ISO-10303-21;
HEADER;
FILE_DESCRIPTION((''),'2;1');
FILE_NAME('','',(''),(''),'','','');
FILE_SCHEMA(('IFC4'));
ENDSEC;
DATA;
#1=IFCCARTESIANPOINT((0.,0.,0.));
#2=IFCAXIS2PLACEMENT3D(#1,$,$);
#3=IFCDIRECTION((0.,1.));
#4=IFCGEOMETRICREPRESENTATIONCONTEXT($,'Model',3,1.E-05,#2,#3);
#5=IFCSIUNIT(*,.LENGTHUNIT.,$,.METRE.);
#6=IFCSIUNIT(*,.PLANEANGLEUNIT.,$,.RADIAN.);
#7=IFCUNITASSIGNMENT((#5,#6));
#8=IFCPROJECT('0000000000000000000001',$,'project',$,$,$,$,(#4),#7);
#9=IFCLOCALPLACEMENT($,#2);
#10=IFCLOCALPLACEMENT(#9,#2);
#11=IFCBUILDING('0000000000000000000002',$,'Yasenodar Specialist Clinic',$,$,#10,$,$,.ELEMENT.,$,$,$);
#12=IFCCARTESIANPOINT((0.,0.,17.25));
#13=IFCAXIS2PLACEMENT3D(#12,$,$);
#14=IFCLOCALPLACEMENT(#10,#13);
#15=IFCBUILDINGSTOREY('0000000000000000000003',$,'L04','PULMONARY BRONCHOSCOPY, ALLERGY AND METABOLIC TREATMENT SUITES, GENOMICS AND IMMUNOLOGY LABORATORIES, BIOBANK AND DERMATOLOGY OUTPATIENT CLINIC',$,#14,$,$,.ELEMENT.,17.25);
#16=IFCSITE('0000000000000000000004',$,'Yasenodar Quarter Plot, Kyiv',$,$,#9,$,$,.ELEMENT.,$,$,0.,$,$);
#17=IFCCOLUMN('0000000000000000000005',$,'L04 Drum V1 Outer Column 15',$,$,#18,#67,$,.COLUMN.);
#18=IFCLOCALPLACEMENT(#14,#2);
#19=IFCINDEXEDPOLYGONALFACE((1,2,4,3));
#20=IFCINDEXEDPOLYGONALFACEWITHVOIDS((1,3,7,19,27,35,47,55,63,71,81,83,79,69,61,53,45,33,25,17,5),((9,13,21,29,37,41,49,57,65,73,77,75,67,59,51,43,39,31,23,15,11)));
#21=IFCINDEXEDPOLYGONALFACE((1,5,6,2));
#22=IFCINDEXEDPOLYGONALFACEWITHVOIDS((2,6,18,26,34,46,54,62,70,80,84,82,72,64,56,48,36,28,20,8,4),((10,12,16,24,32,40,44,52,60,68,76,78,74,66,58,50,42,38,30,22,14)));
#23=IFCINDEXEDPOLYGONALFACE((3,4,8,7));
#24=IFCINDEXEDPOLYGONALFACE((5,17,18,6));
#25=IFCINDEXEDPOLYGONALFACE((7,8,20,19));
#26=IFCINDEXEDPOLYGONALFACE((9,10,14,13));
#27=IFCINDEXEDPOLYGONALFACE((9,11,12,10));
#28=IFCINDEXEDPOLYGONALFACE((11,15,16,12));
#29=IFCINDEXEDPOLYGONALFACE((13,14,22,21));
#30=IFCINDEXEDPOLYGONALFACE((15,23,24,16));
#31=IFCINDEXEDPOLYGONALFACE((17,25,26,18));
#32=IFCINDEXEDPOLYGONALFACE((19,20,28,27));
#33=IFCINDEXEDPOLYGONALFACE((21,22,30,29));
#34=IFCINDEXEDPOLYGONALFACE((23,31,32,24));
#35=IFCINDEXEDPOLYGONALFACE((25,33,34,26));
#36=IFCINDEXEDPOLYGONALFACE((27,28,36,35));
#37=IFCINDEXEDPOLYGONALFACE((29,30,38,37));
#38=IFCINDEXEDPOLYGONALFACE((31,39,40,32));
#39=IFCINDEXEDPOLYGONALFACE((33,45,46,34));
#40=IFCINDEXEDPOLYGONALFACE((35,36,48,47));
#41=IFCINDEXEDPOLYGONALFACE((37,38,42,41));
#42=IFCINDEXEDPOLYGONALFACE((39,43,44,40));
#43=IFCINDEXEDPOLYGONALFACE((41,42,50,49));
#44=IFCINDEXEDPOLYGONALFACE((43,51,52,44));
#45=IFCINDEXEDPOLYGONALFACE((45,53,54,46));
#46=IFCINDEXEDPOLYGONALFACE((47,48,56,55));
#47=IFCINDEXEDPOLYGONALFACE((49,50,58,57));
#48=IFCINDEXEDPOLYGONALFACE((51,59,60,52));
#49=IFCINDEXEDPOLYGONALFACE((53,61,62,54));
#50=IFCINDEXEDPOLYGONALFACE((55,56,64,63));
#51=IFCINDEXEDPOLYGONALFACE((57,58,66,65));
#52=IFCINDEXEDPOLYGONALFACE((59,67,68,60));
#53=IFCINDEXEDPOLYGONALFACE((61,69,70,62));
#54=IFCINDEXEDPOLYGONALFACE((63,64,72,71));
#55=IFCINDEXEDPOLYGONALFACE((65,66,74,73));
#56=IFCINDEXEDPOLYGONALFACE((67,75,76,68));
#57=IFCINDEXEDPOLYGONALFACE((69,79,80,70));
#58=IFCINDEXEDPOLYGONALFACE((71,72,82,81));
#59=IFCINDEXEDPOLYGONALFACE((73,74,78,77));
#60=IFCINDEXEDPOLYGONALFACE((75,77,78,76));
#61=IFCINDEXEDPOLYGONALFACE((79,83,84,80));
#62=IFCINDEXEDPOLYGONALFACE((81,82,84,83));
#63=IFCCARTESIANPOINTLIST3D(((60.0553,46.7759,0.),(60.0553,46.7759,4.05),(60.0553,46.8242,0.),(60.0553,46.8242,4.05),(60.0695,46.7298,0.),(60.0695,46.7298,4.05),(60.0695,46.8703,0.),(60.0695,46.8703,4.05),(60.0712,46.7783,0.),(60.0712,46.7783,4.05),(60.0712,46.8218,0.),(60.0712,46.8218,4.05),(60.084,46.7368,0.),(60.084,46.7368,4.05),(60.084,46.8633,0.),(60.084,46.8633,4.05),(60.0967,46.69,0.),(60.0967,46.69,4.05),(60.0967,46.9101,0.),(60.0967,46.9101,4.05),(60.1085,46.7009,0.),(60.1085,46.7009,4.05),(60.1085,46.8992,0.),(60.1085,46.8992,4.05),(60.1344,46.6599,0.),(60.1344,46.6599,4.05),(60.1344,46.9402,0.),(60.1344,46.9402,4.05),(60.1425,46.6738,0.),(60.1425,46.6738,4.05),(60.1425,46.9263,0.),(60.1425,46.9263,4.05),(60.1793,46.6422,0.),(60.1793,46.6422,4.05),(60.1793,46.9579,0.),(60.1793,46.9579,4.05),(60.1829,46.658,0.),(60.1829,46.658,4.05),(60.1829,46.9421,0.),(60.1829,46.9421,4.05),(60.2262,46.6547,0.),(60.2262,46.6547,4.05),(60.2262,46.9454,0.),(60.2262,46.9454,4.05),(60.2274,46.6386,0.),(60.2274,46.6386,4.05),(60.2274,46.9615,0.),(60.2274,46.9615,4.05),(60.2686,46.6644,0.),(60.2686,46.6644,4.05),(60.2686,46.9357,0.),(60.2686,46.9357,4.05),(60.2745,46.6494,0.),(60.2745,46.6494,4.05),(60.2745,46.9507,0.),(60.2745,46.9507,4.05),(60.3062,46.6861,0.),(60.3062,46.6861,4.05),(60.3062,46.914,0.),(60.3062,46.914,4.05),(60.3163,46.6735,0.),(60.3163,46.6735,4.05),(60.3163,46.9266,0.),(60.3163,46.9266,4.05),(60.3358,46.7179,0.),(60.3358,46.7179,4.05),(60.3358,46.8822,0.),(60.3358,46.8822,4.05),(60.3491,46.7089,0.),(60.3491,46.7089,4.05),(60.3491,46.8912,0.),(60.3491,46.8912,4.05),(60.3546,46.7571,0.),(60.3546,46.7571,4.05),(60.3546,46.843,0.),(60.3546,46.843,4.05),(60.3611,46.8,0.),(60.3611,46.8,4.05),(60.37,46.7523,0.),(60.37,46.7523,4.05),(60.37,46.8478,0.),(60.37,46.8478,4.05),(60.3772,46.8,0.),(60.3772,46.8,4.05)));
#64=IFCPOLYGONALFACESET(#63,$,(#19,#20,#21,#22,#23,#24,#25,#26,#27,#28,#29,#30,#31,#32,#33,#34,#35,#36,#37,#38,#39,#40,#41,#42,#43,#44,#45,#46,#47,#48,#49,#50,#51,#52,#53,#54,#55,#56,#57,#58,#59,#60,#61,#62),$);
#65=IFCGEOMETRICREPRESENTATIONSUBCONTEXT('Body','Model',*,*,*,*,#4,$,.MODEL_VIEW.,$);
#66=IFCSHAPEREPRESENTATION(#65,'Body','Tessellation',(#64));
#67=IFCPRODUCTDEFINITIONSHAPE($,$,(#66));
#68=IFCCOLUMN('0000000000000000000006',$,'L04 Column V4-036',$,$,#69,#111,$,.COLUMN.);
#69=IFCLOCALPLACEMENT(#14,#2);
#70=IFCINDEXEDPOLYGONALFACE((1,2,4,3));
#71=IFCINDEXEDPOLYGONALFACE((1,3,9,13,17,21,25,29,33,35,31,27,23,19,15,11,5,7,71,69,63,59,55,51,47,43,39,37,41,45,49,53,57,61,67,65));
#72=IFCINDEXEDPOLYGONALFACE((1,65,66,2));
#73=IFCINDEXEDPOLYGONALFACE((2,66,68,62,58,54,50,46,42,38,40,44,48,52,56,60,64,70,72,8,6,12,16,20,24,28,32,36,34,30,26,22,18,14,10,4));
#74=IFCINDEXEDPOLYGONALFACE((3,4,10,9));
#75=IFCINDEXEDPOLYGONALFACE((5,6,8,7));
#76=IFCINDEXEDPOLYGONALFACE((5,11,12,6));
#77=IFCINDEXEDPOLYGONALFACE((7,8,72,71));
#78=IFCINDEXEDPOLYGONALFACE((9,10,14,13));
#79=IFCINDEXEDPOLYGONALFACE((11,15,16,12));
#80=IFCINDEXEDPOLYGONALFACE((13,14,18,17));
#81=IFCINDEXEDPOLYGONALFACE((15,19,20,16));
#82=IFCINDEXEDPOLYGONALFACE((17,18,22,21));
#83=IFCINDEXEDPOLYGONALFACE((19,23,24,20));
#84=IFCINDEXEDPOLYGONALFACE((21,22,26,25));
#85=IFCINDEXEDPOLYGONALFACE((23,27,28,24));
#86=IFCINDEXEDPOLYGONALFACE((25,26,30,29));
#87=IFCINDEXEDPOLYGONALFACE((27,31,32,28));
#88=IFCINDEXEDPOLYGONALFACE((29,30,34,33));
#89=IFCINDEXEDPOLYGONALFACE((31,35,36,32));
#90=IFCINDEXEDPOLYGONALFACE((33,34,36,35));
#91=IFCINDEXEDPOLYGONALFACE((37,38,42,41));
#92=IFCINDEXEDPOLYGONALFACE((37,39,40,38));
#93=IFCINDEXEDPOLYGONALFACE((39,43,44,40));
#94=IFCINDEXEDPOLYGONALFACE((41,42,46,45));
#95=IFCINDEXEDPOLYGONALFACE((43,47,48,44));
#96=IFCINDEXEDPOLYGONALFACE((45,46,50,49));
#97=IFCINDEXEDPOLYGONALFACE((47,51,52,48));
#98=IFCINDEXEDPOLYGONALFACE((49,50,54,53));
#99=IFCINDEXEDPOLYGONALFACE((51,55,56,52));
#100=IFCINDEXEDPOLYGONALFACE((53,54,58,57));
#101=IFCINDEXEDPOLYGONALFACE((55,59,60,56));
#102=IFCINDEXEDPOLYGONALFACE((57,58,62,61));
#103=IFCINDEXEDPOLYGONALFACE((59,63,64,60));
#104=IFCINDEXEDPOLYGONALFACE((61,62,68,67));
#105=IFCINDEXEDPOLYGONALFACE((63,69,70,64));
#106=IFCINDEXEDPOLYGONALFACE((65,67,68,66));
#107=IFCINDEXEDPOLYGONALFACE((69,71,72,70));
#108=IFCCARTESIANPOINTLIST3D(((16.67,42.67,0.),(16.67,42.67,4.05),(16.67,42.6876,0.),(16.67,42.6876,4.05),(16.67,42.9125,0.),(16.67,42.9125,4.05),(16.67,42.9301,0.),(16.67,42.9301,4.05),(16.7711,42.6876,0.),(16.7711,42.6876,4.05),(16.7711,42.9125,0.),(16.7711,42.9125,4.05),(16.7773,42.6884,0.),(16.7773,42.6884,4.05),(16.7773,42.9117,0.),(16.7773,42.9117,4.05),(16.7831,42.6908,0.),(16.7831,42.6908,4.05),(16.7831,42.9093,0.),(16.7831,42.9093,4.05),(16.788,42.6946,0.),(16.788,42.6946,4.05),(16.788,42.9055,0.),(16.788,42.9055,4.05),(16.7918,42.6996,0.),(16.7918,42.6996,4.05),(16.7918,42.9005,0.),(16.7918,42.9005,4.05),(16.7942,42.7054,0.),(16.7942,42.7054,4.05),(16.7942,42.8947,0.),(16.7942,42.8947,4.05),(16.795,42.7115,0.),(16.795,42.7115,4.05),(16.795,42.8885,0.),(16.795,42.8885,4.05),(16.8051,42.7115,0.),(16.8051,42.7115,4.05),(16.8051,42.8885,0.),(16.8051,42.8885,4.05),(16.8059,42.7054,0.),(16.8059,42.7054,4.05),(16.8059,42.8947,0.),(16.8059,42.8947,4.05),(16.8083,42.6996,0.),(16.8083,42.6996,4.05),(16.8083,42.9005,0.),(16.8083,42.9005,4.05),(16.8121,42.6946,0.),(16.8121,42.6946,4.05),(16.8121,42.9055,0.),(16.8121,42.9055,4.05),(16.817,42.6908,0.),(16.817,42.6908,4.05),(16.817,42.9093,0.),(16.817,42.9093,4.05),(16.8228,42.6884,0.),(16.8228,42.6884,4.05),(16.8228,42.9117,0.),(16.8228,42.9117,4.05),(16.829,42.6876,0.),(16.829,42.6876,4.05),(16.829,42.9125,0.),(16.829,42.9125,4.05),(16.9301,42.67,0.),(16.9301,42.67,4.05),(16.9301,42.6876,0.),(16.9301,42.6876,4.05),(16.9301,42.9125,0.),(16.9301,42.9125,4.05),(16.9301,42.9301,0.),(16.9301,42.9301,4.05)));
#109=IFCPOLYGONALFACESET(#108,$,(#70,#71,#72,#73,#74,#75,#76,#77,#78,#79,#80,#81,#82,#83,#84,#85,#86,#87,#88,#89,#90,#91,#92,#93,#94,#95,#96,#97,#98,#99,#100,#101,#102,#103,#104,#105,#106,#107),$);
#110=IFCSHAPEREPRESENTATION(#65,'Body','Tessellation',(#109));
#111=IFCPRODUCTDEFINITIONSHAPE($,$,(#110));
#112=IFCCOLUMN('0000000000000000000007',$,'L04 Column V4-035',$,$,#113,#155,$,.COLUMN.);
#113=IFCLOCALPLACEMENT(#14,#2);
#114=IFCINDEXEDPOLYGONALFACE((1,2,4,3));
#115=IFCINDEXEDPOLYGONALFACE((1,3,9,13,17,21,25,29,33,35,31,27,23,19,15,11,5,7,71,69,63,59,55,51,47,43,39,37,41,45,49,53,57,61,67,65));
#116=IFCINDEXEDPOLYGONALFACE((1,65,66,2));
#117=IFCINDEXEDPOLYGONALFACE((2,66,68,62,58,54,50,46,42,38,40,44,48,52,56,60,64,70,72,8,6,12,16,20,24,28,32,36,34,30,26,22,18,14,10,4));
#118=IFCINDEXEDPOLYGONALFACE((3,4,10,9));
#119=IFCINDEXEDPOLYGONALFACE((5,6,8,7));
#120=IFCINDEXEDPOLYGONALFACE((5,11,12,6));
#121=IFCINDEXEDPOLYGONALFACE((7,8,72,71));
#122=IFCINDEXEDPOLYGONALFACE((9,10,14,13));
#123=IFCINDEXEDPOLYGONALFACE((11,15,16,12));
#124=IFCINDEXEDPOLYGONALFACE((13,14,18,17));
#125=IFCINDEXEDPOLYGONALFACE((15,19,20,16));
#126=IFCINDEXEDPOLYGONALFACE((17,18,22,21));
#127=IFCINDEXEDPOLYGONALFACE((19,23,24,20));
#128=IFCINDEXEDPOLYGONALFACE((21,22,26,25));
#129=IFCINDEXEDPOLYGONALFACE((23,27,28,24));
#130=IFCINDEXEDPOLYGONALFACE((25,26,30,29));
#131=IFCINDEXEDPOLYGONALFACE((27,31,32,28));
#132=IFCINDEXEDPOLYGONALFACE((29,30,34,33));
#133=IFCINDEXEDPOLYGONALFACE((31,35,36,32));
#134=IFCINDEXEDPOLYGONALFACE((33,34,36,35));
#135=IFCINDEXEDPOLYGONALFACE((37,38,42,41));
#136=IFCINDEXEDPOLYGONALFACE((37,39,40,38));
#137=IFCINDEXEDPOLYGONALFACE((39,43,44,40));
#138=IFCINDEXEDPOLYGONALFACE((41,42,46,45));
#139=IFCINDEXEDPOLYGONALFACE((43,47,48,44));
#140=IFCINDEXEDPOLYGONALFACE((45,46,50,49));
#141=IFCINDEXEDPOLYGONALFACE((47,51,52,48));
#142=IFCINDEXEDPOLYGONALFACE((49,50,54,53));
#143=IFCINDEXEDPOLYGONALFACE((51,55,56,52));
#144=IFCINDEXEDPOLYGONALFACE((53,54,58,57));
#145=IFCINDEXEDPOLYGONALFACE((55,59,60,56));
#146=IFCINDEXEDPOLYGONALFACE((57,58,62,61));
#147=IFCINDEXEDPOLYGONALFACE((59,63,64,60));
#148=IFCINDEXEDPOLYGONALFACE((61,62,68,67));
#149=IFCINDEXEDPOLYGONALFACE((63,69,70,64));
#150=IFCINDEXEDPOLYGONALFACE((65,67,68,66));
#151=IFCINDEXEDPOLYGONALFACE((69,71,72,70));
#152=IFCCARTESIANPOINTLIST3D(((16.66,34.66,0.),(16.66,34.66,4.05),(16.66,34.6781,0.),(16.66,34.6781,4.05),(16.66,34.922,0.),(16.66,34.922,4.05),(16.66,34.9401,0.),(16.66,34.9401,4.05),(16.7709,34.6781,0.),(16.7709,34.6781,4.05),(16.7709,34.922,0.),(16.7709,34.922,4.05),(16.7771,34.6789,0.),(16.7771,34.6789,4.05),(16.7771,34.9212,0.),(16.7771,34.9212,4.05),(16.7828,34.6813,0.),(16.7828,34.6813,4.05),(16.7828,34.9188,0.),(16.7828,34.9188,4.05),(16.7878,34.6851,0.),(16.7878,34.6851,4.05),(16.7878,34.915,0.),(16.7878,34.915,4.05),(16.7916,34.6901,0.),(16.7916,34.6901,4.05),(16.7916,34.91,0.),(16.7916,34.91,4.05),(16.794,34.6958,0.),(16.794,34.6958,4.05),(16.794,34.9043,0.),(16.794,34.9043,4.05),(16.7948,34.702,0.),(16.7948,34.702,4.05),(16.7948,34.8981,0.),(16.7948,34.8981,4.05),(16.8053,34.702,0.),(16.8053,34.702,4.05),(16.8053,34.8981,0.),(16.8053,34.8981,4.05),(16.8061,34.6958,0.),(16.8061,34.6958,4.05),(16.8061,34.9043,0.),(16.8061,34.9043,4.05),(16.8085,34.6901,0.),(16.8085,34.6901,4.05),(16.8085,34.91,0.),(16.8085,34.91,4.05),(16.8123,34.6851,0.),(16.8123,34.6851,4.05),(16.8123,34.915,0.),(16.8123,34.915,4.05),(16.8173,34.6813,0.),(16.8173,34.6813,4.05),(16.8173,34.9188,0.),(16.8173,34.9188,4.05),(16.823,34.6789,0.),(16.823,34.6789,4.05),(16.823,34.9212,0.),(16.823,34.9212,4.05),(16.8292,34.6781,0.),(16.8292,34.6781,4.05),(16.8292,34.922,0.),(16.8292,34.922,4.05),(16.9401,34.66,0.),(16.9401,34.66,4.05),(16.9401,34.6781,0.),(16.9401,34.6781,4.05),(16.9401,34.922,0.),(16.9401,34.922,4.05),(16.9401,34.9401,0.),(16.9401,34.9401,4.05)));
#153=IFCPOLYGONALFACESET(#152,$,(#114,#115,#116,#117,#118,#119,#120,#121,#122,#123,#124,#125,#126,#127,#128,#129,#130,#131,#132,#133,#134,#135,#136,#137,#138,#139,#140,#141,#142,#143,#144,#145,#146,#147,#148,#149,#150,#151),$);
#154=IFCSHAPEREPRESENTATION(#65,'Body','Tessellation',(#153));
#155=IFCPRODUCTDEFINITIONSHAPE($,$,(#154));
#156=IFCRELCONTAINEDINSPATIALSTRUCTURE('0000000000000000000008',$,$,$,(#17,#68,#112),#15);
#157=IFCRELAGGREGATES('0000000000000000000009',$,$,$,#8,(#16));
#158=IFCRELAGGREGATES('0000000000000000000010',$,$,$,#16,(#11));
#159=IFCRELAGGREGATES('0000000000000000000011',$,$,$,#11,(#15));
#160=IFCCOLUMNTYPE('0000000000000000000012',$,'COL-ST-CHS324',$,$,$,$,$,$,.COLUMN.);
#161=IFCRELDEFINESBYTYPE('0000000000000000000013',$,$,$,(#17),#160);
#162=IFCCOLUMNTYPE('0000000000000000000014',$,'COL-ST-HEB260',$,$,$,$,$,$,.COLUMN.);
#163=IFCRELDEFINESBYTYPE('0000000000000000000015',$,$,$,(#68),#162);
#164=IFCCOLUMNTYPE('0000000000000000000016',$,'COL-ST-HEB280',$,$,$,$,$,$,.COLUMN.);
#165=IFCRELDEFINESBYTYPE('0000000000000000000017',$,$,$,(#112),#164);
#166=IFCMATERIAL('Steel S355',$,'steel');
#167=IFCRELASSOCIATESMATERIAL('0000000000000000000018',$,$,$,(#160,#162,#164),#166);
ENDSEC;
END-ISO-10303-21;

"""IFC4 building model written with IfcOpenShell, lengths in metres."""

from ifc_helpers import new_model, si_unit, direction, frame, origin, origin_2d, place, context, subcontext, project, spatial, hollow_circle, i_section, extrude, material, material_profile, profile_set, type_object, element, save


model = new_model("IFC4")

# Units and contexts
model_context = context("Model", 3, precision=1e-05, world=origin(), true_north=direction((0.0, 1.0)))
body_context = subcontext(model_context, "Body", "Model", "MODEL_VIEW")
ifc_project = project(units=[si_unit("LENGTHUNIT", "METRE"), si_unit("PLANEANGLEUNIT", "RADIAN")], contexts=[model_context])

# Site, building, storey
site_placement = place(None, origin())
site = spatial("IfcSite", under=ifc_project, at=site_placement, Name="Yasenodar Quarter Plot, Kyiv", CompositionType="ELEMENT", RefElevation=0.0)
building_placement = place(site_placement, origin())
building = spatial("IfcBuilding", under=site, at=building_placement, Name="Yasenodar Specialist Clinic", CompositionType="ELEMENT")
storey_placement = place(building_placement, frame((0.0, 0.0, 17.25)))
storey = spatial("IfcBuildingStorey", under=building, at=storey_placement, Name="L04", Description="PULMONARY BRONCHOSCOPY, ALLERGY AND METABOLIC TREATMENT SUITES, GENOMICS AND IMMUNOLOGY LABORATORIES, BIOBANK AND DERMATOLOGY OUTPATIENT CLINIC", CompositionType="ELEMENT", Elevation=17.25)

# Columns
ifc_material_1 = material(Name="Steel S355", Category="steel")
ifc_material_profile_1 = material_profile(ifc_material_1, hollow_circle(Radius=0.1619, WallThickness=0.0161, at=origin_2d()), Name="CHS 323.9x16")
ifc_profile_set_1 = profile_set([ifc_material_profile_1], Name="Steel S355")
column_type_1 = type_object("IfcColumnType", Name="COL-ST-CHS324", PredefinedType="COLUMN", material=ifc_profile_set_1)
column_1_placement = place(storey_placement, frame((60.2153, 46.8, 0.0), z_axis=(0.0, 0.0, 1.0), x_axis=(1.0, 0.0, 0.0)))
element("IfcColumn", 1, at=column_1_placement, inside=storey, type_object=column_type_1, Name="L04 Drum V1 Outer Column 15", PredefinedType="COLUMN", context=body_context, shape_type="SweptSolid", body=[
    extrude(hollow_circle(Radius=0.1619, WallThickness=0.0161, at=origin_2d()), origin(), (0.0, 0.0, 1.0), 4.05),
])
ifc_material_profile_2 = material_profile(ifc_material_1, i_section(OverallWidth=0.26, OverallDepth=0.26, WebThickness=0.01, FlangeThickness=0.0176, FilletRadius=0.0239, at=origin_2d()), Name="HEB 260")
ifc_profile_set_2 = profile_set([ifc_material_profile_2], Name="Steel S355")
column_type_2 = type_object("IfcColumnType", Name="COL-ST-HEB260", PredefinedType="COLUMN", material=ifc_profile_set_2)
column_2_placement = place(storey_placement, frame((16.8, 42.8, 0.0), z_axis=(0.0, 0.0, 1.0), x_axis=(1.0, 0.0, 0.0)))
element("IfcColumn", 2, at=column_2_placement, inside=storey, type_object=column_type_2, Name="L04 Column V4-036", PredefinedType="COLUMN", context=body_context, shape_type="SweptSolid", body=[
    extrude(i_section(OverallWidth=0.26, OverallDepth=0.26, WebThickness=0.01, FlangeThickness=0.0176, FilletRadius=0.0239, at=origin_2d()), origin(), (0.0, 0.0, 1.0), 4.05),
])
ifc_material_profile_3 = material_profile(ifc_material_1, i_section(OverallWidth=0.28, OverallDepth=0.28, WebThickness=0.0105, FlangeThickness=0.0181, FilletRadius=0.0239, at=origin_2d()), Name="HEB 280")
ifc_profile_set_3 = profile_set([ifc_material_profile_3], Name="Steel S355")
column_type_3 = type_object("IfcColumnType", Name="COL-ST-HEB280", PredefinedType="COLUMN", material=ifc_profile_set_3)
column_3_placement = place(storey_placement, frame((16.8, 34.8, 0.0), z_axis=(0.0, 0.0, 1.0), x_axis=(1.0, 0.0, 0.0)))
element("IfcColumn", 3, at=column_3_placement, inside=storey, type_object=column_type_3, Name="L04 Column V4-035", PredefinedType="COLUMN", context=body_context, shape_type="SweptSolid", body=[
    extrude(i_section(OverallWidth=0.28, OverallDepth=0.28, WebThickness=0.0105, FlangeThickness=0.0181, FilletRadius=0.0239, at=origin_2d()), origin(), (0.0, 0.0, 1.0), 4.05),
])

save(model, "model.ifc")
